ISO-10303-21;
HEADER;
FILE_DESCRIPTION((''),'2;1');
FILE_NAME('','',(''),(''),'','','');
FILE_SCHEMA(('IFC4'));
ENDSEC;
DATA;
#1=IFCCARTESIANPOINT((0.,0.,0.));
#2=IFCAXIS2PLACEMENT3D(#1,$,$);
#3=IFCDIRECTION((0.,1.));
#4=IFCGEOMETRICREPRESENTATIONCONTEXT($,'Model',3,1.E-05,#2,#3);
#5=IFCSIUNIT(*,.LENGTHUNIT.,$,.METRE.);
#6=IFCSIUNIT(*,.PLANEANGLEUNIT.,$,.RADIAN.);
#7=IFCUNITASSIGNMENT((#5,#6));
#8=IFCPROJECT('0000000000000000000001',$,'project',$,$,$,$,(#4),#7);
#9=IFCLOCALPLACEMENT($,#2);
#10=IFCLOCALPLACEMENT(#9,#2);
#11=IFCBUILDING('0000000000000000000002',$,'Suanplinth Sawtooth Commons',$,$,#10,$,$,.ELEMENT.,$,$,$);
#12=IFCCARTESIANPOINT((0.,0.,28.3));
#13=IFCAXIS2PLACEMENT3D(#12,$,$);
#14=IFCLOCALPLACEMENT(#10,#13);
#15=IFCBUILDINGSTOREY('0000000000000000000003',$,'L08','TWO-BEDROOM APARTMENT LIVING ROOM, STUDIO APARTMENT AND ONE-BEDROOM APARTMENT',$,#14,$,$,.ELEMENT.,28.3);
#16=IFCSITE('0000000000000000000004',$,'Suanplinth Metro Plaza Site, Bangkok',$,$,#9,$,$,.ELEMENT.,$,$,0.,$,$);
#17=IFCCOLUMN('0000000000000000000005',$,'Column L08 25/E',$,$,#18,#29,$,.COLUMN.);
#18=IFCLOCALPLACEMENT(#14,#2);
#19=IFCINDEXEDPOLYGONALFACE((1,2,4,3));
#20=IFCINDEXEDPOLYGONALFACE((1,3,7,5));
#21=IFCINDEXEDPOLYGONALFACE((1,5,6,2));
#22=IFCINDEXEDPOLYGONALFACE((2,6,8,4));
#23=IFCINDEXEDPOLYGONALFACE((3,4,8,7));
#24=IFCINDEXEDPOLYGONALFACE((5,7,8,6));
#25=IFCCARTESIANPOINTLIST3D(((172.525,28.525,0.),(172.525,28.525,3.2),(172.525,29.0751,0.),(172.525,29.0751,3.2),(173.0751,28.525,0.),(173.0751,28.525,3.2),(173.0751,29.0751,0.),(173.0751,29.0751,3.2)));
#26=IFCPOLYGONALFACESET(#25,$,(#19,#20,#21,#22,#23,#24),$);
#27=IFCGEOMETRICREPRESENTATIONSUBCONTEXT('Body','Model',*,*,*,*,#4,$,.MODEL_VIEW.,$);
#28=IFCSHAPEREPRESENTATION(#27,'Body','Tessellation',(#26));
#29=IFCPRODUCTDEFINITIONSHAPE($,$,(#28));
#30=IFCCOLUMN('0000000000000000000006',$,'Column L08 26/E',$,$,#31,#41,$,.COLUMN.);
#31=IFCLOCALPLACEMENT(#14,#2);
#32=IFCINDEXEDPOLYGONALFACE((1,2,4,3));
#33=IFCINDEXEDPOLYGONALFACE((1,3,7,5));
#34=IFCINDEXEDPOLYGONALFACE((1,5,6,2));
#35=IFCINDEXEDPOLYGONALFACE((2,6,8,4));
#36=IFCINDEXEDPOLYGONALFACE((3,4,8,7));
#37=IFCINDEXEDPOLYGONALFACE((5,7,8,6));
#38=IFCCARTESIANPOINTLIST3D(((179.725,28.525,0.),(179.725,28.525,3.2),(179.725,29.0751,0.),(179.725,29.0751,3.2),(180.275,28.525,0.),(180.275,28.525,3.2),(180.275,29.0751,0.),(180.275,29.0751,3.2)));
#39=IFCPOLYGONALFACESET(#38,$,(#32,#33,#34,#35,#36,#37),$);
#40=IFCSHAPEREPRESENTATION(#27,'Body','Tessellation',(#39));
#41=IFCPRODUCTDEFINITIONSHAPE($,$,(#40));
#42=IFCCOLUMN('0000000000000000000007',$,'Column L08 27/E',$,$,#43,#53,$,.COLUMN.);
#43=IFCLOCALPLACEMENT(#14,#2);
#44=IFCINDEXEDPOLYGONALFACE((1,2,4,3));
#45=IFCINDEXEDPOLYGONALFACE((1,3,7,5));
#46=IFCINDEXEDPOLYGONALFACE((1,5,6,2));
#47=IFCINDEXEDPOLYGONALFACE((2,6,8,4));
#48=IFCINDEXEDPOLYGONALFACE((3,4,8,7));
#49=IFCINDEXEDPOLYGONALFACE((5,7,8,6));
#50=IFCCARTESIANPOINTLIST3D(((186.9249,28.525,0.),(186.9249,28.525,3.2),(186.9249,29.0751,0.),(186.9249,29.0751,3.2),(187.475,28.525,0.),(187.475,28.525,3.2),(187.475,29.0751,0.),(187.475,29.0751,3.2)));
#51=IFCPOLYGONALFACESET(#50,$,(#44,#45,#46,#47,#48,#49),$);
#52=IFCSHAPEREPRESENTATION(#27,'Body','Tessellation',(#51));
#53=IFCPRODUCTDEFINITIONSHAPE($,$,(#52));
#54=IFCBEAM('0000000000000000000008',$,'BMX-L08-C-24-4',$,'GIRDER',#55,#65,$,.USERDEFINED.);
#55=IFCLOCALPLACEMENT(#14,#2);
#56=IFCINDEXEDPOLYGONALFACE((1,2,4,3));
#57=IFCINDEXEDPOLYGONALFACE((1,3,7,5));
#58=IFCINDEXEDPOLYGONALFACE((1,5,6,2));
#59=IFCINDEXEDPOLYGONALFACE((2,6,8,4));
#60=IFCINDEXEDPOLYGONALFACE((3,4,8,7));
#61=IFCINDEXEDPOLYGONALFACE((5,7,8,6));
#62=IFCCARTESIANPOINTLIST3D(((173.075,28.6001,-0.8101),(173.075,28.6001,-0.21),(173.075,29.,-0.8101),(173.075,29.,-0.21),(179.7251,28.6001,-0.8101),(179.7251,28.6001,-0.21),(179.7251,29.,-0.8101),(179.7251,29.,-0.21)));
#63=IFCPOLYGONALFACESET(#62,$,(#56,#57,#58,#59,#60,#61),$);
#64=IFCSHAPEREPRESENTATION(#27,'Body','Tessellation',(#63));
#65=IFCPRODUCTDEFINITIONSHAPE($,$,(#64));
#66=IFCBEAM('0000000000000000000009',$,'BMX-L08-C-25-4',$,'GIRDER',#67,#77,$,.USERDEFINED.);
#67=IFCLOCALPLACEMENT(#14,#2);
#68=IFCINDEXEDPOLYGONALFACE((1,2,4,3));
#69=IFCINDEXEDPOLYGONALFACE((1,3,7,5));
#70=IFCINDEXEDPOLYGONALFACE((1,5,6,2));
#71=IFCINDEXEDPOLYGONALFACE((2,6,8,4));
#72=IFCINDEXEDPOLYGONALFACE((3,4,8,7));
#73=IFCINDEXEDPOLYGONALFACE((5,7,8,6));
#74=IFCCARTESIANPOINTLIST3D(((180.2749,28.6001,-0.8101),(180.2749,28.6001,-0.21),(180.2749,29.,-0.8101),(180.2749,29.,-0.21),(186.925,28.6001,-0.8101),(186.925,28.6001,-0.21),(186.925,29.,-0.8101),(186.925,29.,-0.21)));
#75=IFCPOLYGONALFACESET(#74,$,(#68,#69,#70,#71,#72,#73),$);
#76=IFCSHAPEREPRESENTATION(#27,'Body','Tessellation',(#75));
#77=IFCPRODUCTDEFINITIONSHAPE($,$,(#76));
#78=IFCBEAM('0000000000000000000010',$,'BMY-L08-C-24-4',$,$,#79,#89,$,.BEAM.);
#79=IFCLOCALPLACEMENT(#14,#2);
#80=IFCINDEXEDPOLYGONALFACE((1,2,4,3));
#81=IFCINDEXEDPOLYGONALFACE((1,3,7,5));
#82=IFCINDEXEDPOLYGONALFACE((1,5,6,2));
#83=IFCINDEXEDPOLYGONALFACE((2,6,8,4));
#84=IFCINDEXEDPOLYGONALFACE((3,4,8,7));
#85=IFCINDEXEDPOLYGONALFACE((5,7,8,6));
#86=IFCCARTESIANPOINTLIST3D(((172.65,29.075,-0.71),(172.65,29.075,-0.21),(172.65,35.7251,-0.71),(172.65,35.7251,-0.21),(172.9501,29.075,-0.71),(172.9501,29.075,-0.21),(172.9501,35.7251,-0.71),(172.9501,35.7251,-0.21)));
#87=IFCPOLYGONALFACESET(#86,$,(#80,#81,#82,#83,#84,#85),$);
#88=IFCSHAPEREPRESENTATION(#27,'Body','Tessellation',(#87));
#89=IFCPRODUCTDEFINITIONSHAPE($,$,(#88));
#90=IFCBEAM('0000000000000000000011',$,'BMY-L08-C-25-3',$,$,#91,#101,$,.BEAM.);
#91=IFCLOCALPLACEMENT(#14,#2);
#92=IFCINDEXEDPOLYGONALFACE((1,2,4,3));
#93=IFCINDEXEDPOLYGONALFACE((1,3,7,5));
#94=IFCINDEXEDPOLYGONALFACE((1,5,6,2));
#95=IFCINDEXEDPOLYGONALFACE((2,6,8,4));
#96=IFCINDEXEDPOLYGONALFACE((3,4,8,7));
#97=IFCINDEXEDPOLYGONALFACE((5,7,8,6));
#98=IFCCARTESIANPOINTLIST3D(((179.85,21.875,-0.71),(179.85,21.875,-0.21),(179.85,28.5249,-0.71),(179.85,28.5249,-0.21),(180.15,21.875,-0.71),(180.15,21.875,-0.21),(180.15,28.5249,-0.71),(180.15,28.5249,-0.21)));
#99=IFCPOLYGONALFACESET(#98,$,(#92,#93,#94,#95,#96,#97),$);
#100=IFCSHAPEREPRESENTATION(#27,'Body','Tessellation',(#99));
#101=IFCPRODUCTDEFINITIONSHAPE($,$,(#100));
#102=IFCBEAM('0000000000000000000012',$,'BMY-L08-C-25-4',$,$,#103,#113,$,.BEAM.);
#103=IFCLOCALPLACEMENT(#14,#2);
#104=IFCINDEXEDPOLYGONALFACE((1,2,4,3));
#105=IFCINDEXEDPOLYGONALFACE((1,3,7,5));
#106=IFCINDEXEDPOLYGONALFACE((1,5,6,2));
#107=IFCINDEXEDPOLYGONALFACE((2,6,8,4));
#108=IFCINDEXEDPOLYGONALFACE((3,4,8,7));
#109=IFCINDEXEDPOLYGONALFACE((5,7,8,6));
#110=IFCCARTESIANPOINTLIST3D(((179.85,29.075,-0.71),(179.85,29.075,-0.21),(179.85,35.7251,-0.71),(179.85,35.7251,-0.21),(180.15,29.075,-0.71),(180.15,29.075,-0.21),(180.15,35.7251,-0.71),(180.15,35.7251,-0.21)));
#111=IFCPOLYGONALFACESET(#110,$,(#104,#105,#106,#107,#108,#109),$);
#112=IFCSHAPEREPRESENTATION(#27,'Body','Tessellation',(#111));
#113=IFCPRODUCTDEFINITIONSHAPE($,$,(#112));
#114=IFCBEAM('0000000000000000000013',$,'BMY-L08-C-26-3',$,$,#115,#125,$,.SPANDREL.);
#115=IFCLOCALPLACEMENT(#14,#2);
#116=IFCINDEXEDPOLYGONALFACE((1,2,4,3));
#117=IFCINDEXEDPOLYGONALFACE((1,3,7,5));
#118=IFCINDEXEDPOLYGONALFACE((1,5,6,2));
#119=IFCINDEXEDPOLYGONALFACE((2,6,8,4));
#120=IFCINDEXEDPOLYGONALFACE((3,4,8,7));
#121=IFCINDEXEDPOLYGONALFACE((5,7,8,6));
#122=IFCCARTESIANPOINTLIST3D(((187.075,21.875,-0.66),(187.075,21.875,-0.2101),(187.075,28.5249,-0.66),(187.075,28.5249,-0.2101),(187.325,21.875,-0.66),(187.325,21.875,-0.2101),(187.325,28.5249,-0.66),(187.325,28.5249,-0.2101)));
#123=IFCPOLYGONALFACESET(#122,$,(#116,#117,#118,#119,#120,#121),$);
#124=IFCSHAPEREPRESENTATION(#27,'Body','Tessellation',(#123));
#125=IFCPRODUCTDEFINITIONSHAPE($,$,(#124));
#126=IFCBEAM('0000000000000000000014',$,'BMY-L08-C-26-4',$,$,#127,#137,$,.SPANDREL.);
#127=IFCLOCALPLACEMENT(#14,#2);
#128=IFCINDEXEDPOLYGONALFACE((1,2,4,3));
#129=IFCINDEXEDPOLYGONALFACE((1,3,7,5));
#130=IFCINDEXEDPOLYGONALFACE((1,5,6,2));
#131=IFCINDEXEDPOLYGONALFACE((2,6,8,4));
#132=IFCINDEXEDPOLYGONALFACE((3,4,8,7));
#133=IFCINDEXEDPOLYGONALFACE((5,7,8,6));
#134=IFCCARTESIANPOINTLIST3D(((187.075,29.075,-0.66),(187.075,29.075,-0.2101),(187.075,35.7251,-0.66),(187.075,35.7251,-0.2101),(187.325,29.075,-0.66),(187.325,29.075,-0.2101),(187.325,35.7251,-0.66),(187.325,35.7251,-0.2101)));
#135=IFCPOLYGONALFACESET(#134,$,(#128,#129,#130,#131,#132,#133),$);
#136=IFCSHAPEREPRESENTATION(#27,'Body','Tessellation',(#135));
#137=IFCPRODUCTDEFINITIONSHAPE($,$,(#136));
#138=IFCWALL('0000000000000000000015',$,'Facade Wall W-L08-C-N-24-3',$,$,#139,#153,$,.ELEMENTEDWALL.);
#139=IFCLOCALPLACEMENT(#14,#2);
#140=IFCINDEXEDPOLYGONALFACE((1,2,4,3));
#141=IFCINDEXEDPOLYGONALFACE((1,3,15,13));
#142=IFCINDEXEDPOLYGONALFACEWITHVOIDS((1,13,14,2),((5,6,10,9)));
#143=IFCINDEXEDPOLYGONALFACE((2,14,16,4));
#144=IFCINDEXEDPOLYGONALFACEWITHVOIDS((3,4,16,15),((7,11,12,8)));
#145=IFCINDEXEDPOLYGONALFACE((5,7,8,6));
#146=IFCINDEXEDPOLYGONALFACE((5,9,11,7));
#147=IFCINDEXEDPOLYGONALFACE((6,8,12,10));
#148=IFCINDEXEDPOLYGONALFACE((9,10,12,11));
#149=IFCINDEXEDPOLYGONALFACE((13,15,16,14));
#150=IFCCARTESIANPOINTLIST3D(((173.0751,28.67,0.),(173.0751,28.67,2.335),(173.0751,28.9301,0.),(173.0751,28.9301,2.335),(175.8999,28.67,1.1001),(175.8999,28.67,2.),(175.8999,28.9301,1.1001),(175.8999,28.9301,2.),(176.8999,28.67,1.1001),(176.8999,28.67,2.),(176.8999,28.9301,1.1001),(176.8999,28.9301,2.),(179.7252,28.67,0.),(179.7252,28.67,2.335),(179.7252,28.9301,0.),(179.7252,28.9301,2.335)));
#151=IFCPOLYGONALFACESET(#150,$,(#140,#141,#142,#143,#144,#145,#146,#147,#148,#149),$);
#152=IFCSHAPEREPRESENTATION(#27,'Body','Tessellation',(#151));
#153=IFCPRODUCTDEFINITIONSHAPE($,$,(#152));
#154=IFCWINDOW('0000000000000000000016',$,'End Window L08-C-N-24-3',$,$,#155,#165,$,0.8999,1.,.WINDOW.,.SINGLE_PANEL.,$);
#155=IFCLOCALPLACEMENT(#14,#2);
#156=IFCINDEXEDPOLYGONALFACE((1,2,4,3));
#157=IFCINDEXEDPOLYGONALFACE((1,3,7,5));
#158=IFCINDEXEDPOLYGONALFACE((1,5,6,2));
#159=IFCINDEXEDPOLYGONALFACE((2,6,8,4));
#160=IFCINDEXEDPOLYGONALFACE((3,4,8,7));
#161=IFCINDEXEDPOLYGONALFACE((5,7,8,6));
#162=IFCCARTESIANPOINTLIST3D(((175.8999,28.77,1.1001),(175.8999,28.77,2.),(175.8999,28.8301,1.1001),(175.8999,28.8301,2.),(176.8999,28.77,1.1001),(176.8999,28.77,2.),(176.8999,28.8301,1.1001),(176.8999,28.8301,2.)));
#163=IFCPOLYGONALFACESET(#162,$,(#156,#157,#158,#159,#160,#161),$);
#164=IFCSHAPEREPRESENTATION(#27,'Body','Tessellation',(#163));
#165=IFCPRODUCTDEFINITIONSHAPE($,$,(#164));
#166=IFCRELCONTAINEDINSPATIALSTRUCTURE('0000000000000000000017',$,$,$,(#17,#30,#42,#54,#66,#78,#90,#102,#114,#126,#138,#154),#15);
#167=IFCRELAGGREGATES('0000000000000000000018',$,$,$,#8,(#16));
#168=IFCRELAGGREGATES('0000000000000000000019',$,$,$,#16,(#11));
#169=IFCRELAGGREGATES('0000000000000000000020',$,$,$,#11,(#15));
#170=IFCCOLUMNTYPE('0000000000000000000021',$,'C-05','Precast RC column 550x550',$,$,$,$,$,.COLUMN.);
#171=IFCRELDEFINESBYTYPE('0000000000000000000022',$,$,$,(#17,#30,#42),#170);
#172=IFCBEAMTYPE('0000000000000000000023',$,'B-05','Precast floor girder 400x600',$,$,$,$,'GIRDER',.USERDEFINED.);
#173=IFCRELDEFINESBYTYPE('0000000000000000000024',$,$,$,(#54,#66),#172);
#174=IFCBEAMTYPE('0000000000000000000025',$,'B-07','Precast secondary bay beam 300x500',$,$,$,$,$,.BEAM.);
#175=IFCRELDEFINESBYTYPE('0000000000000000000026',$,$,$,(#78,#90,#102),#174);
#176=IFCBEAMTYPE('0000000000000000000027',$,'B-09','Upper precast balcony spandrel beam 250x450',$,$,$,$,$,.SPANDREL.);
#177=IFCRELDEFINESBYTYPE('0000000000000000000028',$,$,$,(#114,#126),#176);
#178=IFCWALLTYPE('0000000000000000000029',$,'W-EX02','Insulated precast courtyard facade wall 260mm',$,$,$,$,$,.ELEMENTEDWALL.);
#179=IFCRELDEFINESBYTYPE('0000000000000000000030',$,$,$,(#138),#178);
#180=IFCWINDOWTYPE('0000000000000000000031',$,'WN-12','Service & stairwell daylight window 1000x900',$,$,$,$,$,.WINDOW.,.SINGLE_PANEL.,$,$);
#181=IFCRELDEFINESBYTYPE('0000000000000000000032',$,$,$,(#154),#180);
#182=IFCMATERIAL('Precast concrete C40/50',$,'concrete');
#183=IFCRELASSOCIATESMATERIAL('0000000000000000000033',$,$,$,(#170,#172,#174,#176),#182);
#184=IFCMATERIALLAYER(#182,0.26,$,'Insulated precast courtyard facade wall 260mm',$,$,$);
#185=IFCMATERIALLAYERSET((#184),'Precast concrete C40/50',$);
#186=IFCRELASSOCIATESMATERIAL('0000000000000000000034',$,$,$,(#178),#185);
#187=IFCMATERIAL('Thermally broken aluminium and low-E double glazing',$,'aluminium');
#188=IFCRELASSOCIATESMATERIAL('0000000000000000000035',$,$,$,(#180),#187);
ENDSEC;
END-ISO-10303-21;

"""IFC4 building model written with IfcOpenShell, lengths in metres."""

from ifc_helpers import new_model, si_unit, direction, frame, frame_2d, origin, origin_2d, place, context, subcontext, project, spatial, rectangle, extrude, material, layer, layer_set, material_profile, profile_set, type_object, element, fill, save


model = new_model("IFC4")

# Units and contexts
model_context = context("Model", 3, precision=1e-05, world=origin(), true_north=direction((0.0, 1.0)))
body_context = subcontext(model_context, "Body", "Model", "MODEL_VIEW")
ifc_project = project(units=[si_unit("LENGTHUNIT", "METRE"), si_unit("PLANEANGLEUNIT", "RADIAN")], contexts=[model_context])

# Site, building, storey
site_placement = place(None, origin())
site = spatial("IfcSite", under=ifc_project, at=site_placement, Name="Suanplinth Metro Plaza Site, Bangkok", CompositionType="ELEMENT", RefElevation=0.0)
building_placement = place(site_placement, origin())
building = spatial("IfcBuilding", under=site, at=building_placement, Name="Suanplinth Sawtooth Commons", CompositionType="ELEMENT")
storey_placement = place(building_placement, frame((0.0, 0.0, 28.3)))
storey = spatial("IfcBuildingStorey", under=building, at=storey_placement, Name="L08", Description="TWO-BEDROOM APARTMENT LIVING ROOM, STUDIO APARTMENT AND ONE-BEDROOM APARTMENT", CompositionType="ELEMENT", Elevation=28.3)

# Columns
ifc_material_1 = material(Name="Precast concrete C40/50", Category="concrete")
ifc_material_profile_1 = material_profile(ifc_material_1, rectangle(XDim=0.55, YDim=0.55, at=origin_2d()), Name="PC-COL 550x550")
ifc_profile_set_1 = profile_set([ifc_material_profile_1], Name="Precast concrete C40/50")
column_type = type_object("IfcColumnType", Name="C-05", Description="Precast RC column 550x550", PredefinedType="COLUMN", material=ifc_profile_set_1)
for number, where, z_axis, x_axis, name in (
    (1, (172.8, 28.8, 0.0), (0.0, 0.0, 1.0), (1.0, 0.0, 0.0), "Column L08 25/E"),
    (2, (180.0, 28.8, 0.0), (0.0, 0.0, 1.0), (1.0, 0.0, 0.0), "Column L08 26/E"),
    (3, (187.2, 28.8, 0.0), (0.0, 0.0, 1.0), (1.0, 0.0, 0.0), "Column L08 27/E"),
):
    element("IfcColumn", number, at=place(storey_placement, frame(where, z_axis=z_axis, x_axis=x_axis)), inside=storey, type_object=column_type, Name=name, PredefinedType="COLUMN", context=body_context, shape_type="SweptSolid", body=[
        extrude(rectangle(XDim=0.55, YDim=0.55, at=origin_2d()), origin(), (0.0, 0.0, 1.0), 3.2),
    ])

# Beams
ifc_material_profile_2 = material_profile(ifc_material_1, rectangle(XDim=0.3999, YDim=0.6001, at=origin_2d()), Name="PC-GDR 400x600")
ifc_profile_set_2 = profile_set([ifc_material_profile_2], Name="Precast concrete C40/50")
beam_type_1 = type_object("IfcBeamType", Name="B-05", Description="Precast floor girder 400x600", ElementType="GIRDER", PredefinedType="USERDEFINED", material=ifc_profile_set_2)
for number, where, z_axis, x_axis, name in (
    (4, (173.075, 28.8, -0.51), (1.0, 0.0, 0.0), (0.0, 1.0, 0.0), "BMX-L08-C-24-4"),
    (5, (180.2749, 28.8, -0.51), (1.0, 0.0, 0.0), (0.0, 1.0, 0.0), "BMX-L08-C-25-4"),
):
    element("IfcBeam", number, at=place(storey_placement, frame(where, z_axis=z_axis, x_axis=x_axis)), inside=storey, type_object=beam_type_1, Name=name, ObjectType="GIRDER", PredefinedType="USERDEFINED", context=body_context, shape_type="SweptSolid", body=[
        extrude(rectangle(XDim=0.3999, YDim=0.6001, at=origin_2d()), origin(), (0.0, 0.0, 1.0), 6.6501),
    ])
ifc_material_profile_3 = material_profile(ifc_material_1, rectangle(XDim=0.3, YDim=0.5, at=origin_2d()), Name="PC-BM 300x500")
ifc_profile_set_3 = profile_set([ifc_material_profile_3], Name="Precast concrete C40/50")
beam_type_2 = type_object("IfcBeamType", Name="B-07", Description="Precast secondary bay beam 300x500", PredefinedType="BEAM", material=ifc_profile_set_3)
beam_1_placement = place(storey_placement, frame((172.8, 29.075, -0.46), z_axis=(0.0, 1.0, 0.0), x_axis=(-1.0, 0.0, 0.0)))
element("IfcBeam", 6, at=beam_1_placement, inside=storey, type_object=beam_type_2, Name="BMY-L08-C-24-4", PredefinedType="BEAM", context=body_context, shape_type="SweptSolid", body=[
    extrude(rectangle(XDim=0.3, YDim=0.5, at=origin_2d()), origin(), (0.0, 0.0, 1.0), 6.6501),
])
beam_2_placement = place(storey_placement, frame((180.0, 21.875, -0.46), z_axis=(0.0, 1.0, 0.0), x_axis=(-1.0, 0.0, 0.0)))
element("IfcBeam", 7, at=beam_2_placement, inside=storey, type_object=beam_type_2, Name="BMY-L08-C-25-3", PredefinedType="BEAM", context=body_context, shape_type="SweptSolid", body=[
    extrude(rectangle(XDim=0.3, YDim=0.5, at=origin_2d()), origin(), (0.0, 0.0, 1.0), 6.6499),
])
beam_3_placement = place(storey_placement, frame((180.0, 29.075, -0.46), z_axis=(0.0, 1.0, 0.0), x_axis=(-1.0, 0.0, 0.0)))
element("IfcBeam", 8, at=beam_3_placement, inside=storey, type_object=beam_type_2, Name="BMY-L08-C-25-4", PredefinedType="BEAM", context=body_context, shape_type="SweptSolid", body=[
    extrude(rectangle(XDim=0.3, YDim=0.5, at=origin_2d()), origin(), (0.0, 0.0, 1.0), 6.6501),
])
ifc_material_profile_4 = material_profile(ifc_material_1, rectangle(XDim=0.25, YDim=0.45, at=origin_2d()), Name="PC-SP 250x450")
ifc_profile_set_4 = profile_set([ifc_material_profile_4], Name="Precast concrete C40/50")
beam_type_3 = type_object("IfcBeamType", Name="B-09", Description="Upper precast balcony spandrel beam 250x450", PredefinedType="SPANDREL", material=ifc_profile_set_4)
beam_4_placement = place(storey_placement, frame((187.2, 21.875, -0.4351), z_axis=(0.0, 1.0, 0.0), x_axis=(-1.0, 0.0, 0.0)))
element("IfcBeam", 9, at=beam_4_placement, inside=storey, type_object=beam_type_3, Name="BMY-L08-C-26-3", PredefinedType="SPANDREL", context=body_context, shape_type="SweptSolid", body=[
    extrude(rectangle(XDim=0.25, YDim=0.45, at=origin_2d()), origin(), (0.0, 0.0, 1.0), 6.6499),
])
beam_5_placement = place(storey_placement, frame((187.2, 29.075, -0.4351), z_axis=(0.0, 1.0, 0.0), x_axis=(-1.0, 0.0, 0.0)))
element("IfcBeam", 10, at=beam_5_placement, inside=storey, type_object=beam_type_3, Name="BMY-L08-C-26-4", PredefinedType="SPANDREL", context=body_context, shape_type="SweptSolid", body=[
    extrude(rectangle(XDim=0.25, YDim=0.45, at=origin_2d()), origin(), (0.0, 0.0, 1.0), 6.6501),
])

# Wall, opening, window
ifc_layer_1 = layer(ifc_material_1, 0.26, Name="Insulated precast courtyard facade wall 260mm")
ifc_layer_set_1 = layer_set([ifc_layer_1], Name="Precast concrete C40/50")
wall_type_1 = type_object("IfcWallType", Name="W-EX02", Description="Insulated precast courtyard facade wall 260mm", PredefinedType="ELEMENTEDWALL", material=ifc_layer_set_1)
wall_1_placement = place(storey_placement, frame((173.075, 28.8, 0.0), z_axis=(0.0, 0.0, 1.0), x_axis=(1.0, 0.0, 0.0)))
wall_1 = element("IfcWall", 11, at=wall_1_placement, inside=storey, type_object=wall_type_1, Name="Facade Wall W-L08-C-N-24-3", PredefinedType="ELEMENTEDWALL", context=body_context, shape_type="SweptSolid", body=[
    extrude(rectangle(XDim=6.6501, YDim=0.26, at=frame_2d((3.3252, 0.0))), origin(), (0.0, 0.0, 1.0), 2.335),
])
opening_1_placement = place(wall_1_placement, frame((2.825, 0.0, 1.1001)))
opening_1 = element("IfcOpeningElement", 12, at=opening_1_placement, cuts=wall_1, PredefinedType="OPENING", context=body_context, shape_type="SweptSolid", body=[
    extrude(rectangle(XDim=1.0, YDim=0.8999, at=frame_2d((0.5, 0.45))), frame((0.0, 0.145, 0.0), z_axis=(0.0, -1.0, 0.0), x_axis=(1.0, 0.0, 0.0)), (0.0, 0.0, 1.0), 0.2898),
])
ifc_material_2 = material(Name="Thermally broken aluminium and low-E double glazing", Category="aluminium")
window_type_1 = type_object("IfcWindowType", Name="WN-12", Description="Service & stairwell daylight window 1000x900", PartitioningType="SINGLE_PANEL", PredefinedType="WINDOW", material=ifc_material_2)
window_1_placement = place(opening_1_placement, origin())
window_1 = element("IfcWindow", 13, at=window_1_placement, inside=storey, type_object=window_type_1, Name="End Window L08-C-N-24-3", OverallHeight=0.8999, OverallWidth=1.0, PartitioningType="SINGLE_PANEL", PredefinedType="WINDOW", context=body_context, shape_type="SweptSolid", body=[
    extrude(rectangle(XDim=1.0, YDim=0.8999, at=frame_2d((0.5, 0.45))), frame((0.0, 0.03, 0.0), z_axis=(0.0, -1.0, 0.0), x_axis=(1.0, 0.0, 0.0)), (0.0, 0.0, 1.0), 0.0601),
])
fill(opening_1, window_1)

save(model, "model.ifc")
